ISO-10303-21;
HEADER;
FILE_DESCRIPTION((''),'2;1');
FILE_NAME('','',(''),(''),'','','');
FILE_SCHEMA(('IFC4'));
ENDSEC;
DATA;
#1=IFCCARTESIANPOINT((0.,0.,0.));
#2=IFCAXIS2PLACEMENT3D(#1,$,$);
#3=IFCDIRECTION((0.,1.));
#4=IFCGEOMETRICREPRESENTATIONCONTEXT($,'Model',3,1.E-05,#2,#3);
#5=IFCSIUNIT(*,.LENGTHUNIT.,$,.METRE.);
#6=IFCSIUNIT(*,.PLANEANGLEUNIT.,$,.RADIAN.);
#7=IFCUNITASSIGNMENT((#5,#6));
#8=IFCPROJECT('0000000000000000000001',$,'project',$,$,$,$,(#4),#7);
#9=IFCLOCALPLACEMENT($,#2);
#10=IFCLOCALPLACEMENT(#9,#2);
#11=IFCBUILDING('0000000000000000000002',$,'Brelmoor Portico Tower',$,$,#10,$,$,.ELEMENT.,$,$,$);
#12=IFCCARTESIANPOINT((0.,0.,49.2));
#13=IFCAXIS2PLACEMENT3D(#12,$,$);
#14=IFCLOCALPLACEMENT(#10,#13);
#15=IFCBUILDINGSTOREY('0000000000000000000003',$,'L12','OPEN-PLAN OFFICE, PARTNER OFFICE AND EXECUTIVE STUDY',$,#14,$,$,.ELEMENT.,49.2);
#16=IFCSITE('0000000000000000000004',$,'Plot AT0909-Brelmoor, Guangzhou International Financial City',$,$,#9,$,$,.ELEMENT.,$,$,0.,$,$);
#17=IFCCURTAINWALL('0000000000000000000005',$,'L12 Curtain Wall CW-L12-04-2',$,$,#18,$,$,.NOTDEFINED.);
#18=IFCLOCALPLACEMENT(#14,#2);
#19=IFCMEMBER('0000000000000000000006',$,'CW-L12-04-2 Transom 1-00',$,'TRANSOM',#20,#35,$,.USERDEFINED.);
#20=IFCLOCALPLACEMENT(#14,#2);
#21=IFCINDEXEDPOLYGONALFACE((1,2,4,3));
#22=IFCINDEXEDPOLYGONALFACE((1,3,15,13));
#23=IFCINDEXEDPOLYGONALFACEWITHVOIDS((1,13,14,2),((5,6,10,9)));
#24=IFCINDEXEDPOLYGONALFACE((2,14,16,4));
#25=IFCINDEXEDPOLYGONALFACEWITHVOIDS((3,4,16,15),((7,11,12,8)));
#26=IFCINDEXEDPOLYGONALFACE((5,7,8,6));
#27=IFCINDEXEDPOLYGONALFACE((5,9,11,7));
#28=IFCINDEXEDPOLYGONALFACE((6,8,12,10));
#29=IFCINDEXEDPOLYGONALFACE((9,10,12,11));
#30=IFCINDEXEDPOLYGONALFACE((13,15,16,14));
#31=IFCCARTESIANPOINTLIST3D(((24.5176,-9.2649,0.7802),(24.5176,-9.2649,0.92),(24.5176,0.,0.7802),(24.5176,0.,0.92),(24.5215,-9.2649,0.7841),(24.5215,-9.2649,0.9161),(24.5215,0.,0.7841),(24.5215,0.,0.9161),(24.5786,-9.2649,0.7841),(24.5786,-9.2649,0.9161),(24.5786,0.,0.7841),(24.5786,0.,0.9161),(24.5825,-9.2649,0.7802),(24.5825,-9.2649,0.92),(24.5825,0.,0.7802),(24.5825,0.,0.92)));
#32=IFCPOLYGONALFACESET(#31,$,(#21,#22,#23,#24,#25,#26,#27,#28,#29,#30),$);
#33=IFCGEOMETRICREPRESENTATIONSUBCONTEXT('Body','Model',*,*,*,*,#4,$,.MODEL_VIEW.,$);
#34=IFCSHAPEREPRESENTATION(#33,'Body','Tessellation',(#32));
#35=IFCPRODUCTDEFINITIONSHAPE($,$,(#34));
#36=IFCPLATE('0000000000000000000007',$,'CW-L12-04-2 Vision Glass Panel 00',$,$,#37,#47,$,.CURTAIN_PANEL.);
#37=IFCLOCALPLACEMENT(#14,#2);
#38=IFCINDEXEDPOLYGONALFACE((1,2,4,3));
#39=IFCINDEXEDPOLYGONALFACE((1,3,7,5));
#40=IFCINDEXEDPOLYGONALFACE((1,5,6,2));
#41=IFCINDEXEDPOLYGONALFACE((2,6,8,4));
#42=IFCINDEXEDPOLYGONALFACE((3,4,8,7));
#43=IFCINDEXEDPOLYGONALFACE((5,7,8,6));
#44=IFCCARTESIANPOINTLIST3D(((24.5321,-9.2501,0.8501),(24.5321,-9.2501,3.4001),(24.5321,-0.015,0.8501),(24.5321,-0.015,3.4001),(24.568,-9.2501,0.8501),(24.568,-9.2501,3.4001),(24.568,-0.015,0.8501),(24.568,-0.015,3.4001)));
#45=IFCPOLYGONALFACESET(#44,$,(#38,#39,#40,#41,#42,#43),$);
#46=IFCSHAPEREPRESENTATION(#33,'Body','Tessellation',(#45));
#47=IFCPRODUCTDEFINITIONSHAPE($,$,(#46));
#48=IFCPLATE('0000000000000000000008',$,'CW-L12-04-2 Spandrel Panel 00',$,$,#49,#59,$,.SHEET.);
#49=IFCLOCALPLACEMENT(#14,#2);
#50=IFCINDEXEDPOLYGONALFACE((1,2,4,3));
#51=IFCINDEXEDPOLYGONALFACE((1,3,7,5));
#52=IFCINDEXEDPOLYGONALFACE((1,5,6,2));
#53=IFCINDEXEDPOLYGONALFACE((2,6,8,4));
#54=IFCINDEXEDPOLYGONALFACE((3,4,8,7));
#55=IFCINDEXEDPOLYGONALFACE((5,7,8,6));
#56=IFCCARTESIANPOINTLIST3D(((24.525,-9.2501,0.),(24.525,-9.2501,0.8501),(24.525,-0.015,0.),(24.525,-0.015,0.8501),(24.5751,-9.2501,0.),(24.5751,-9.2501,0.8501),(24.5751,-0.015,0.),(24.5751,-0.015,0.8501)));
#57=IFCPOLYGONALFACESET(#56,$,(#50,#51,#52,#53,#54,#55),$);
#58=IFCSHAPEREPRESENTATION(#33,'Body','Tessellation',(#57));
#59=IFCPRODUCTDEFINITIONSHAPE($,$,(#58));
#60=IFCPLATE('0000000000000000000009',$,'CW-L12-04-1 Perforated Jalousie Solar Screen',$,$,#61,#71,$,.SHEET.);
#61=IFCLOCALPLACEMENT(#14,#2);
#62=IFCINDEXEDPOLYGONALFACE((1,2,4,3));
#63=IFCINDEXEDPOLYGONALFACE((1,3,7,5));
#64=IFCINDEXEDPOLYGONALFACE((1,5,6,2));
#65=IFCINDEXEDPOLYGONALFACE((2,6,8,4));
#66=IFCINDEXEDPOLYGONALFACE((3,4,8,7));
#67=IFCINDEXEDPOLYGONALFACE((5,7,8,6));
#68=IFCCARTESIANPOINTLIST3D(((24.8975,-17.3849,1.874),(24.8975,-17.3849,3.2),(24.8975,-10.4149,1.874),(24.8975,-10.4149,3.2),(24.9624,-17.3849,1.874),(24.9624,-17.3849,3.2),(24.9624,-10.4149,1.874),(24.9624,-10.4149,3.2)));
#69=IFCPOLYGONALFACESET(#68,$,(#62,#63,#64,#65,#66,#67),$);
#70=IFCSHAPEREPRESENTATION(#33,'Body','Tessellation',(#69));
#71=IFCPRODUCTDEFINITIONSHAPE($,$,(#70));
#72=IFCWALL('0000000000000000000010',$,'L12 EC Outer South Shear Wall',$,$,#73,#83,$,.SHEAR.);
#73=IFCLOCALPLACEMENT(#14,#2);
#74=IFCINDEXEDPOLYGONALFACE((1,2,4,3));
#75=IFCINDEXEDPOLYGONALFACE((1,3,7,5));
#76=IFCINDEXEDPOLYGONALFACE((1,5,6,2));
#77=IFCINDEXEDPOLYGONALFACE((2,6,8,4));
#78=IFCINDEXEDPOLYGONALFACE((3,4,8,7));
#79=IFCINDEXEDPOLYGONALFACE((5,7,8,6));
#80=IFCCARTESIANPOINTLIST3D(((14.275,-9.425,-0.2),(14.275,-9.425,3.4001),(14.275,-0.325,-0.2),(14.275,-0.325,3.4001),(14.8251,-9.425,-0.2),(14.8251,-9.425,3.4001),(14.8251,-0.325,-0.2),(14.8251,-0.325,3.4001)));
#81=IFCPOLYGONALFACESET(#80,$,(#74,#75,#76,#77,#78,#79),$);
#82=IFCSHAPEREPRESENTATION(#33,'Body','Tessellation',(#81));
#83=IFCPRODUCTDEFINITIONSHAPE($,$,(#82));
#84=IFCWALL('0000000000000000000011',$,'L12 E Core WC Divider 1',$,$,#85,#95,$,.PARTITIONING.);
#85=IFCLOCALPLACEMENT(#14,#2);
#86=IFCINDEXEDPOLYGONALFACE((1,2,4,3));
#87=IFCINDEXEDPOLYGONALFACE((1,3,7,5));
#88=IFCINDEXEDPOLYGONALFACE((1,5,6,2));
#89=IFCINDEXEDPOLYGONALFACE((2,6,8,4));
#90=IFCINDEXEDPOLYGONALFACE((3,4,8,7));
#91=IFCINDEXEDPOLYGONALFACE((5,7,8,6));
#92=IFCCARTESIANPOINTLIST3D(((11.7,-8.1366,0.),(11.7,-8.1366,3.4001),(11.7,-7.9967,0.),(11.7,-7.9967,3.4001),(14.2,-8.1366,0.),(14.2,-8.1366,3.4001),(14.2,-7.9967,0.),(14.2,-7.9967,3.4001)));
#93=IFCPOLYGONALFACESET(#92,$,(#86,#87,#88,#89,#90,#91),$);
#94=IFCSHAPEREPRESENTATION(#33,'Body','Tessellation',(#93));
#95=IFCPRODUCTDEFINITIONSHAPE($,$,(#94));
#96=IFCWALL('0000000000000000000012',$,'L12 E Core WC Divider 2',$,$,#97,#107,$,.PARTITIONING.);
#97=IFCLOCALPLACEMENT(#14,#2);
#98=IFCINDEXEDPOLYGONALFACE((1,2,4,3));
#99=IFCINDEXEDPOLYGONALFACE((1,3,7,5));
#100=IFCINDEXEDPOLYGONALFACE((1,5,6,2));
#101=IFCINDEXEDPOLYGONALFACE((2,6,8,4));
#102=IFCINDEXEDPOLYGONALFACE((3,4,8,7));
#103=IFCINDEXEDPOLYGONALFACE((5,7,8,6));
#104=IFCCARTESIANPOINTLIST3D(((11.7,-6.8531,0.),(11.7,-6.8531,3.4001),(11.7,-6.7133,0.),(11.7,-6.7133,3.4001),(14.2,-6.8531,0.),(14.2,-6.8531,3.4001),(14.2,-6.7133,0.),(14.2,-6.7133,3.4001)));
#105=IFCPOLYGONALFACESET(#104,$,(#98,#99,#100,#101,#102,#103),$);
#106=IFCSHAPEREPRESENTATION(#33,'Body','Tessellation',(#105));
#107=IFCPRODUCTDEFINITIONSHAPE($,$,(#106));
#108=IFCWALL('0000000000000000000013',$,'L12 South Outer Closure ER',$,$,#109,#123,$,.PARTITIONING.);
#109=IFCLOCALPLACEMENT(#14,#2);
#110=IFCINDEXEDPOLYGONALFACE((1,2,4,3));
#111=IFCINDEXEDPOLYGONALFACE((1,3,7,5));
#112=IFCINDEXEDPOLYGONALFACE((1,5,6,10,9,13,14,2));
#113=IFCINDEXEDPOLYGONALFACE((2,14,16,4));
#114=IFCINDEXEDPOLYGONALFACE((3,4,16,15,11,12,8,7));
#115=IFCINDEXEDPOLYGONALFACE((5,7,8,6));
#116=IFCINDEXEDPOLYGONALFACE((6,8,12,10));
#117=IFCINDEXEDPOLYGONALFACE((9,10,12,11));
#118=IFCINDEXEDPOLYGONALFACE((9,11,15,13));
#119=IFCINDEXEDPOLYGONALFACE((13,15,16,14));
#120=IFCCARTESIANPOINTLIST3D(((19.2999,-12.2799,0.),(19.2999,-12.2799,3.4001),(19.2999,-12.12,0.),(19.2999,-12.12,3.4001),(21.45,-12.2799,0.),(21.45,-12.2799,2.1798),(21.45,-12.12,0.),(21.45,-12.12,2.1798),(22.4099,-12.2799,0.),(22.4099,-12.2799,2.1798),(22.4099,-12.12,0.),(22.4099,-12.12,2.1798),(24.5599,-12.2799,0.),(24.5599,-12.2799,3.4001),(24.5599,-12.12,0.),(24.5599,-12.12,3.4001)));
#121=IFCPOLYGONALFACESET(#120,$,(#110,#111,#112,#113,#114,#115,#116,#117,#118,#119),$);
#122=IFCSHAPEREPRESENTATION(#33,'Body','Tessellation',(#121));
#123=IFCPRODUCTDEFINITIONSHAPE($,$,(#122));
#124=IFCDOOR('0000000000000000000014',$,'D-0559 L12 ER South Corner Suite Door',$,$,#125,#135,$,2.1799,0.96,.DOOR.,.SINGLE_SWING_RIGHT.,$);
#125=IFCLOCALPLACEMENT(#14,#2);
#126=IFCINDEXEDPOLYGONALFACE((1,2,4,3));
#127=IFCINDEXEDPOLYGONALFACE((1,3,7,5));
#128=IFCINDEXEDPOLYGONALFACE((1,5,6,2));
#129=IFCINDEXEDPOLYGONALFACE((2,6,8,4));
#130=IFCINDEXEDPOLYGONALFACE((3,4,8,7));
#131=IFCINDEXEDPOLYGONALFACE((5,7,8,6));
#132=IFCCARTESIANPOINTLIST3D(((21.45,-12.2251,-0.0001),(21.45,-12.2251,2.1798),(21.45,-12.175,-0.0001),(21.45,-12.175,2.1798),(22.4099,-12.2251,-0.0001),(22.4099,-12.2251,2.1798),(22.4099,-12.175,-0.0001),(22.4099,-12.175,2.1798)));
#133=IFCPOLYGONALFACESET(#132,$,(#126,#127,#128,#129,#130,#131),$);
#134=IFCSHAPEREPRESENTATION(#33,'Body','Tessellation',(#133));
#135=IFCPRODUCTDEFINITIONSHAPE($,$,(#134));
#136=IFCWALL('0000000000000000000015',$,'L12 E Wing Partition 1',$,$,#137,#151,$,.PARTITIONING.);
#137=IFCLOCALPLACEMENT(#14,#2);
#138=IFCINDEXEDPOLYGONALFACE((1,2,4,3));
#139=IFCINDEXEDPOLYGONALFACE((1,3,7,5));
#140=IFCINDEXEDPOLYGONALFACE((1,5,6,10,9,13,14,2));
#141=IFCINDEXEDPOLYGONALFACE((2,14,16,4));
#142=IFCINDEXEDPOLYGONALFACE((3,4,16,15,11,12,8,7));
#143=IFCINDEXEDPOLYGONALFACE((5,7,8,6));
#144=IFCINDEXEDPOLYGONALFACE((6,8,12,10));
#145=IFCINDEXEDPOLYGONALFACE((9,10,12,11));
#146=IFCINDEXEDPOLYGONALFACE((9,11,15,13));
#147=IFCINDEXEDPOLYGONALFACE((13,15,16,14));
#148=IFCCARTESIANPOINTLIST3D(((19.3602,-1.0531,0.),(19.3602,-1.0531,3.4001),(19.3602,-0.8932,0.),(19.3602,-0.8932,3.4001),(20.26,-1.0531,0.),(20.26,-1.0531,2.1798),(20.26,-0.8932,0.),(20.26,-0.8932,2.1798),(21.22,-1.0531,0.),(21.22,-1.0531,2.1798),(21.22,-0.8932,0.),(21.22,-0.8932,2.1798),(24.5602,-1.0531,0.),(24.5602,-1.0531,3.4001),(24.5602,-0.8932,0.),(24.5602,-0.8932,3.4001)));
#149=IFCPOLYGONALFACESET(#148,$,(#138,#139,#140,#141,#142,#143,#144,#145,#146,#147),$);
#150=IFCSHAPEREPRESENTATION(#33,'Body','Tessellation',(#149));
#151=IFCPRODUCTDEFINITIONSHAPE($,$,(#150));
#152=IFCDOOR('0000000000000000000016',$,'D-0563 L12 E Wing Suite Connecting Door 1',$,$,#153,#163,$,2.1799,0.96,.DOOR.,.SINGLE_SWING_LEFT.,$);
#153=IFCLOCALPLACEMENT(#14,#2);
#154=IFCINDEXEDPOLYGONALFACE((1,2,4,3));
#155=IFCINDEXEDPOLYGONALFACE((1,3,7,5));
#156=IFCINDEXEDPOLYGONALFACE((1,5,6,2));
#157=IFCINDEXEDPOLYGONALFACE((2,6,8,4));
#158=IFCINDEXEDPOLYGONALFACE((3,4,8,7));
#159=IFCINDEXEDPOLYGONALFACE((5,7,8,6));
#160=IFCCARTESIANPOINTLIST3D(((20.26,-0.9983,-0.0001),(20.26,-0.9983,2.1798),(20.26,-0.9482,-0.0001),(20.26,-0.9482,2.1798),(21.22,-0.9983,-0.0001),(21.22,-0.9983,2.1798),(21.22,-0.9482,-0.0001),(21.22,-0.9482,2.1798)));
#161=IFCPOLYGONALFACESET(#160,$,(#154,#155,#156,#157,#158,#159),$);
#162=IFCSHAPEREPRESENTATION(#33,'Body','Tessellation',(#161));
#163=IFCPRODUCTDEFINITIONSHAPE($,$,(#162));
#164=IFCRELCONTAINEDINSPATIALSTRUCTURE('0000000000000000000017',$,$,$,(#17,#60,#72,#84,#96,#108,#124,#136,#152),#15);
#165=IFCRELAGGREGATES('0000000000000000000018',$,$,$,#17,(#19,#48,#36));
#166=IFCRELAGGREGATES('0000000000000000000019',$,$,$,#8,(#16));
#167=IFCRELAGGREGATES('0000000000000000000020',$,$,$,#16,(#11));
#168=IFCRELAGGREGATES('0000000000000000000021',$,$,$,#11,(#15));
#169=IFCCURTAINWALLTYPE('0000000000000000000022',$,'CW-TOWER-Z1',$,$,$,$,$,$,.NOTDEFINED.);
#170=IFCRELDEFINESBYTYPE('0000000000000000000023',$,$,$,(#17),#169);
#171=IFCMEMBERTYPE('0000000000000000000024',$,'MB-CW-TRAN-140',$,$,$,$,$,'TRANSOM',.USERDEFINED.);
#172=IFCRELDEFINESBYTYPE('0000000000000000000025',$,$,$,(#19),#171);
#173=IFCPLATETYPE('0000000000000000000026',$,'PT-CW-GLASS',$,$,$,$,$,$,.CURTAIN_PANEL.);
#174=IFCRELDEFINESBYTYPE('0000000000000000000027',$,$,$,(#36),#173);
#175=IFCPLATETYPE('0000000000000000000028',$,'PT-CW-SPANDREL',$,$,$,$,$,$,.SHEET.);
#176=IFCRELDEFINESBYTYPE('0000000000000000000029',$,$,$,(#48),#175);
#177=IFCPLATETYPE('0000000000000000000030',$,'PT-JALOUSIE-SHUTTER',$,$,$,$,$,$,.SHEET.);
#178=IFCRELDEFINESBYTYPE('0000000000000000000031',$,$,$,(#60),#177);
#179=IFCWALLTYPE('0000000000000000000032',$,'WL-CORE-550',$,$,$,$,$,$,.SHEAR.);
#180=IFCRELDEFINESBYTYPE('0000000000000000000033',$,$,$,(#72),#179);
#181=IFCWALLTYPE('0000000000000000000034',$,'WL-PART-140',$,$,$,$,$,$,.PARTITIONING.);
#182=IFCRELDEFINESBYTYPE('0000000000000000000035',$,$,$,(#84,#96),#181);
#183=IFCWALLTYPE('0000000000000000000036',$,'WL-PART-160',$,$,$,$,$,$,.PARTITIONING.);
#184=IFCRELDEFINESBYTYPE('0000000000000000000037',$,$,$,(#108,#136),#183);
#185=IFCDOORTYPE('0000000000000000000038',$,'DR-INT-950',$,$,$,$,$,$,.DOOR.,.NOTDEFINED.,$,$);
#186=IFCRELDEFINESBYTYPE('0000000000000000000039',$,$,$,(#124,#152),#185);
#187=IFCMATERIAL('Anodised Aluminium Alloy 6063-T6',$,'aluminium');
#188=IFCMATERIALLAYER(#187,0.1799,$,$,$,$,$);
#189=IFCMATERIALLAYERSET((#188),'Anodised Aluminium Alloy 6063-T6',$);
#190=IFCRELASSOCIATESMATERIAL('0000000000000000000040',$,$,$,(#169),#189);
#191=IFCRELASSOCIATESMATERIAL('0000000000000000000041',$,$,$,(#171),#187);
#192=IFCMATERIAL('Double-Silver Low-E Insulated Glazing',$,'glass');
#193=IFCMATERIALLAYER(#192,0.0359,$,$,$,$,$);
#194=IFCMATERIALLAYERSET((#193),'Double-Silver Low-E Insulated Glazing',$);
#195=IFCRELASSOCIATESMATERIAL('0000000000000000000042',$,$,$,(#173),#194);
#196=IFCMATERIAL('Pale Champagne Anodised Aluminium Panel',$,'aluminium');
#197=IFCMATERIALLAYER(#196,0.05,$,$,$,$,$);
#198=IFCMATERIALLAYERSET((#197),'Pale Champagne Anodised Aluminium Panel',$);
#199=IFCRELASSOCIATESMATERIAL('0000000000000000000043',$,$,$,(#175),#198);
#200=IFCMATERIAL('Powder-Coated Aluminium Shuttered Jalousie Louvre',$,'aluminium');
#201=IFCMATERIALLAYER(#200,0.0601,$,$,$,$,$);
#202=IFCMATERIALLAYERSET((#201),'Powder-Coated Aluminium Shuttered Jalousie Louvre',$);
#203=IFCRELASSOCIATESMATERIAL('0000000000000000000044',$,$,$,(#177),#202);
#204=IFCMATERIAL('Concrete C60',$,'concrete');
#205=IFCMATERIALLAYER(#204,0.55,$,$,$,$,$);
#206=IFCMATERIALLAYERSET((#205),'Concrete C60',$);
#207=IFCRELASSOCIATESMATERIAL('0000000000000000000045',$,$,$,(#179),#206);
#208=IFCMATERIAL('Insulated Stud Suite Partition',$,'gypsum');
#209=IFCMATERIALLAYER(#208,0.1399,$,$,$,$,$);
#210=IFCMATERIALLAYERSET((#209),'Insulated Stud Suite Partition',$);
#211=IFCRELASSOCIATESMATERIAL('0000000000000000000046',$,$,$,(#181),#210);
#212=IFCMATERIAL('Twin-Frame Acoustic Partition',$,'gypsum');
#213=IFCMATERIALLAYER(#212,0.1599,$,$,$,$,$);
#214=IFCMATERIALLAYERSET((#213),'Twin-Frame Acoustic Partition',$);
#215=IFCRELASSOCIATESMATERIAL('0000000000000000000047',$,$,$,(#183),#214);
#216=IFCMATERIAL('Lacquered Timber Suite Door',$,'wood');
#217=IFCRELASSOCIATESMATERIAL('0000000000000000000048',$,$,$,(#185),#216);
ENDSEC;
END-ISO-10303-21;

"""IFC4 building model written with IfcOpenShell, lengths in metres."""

from ifc_helpers import new_model, si_unit, direction, frame, frame_2d, origin, origin_2d, place, context, subcontext, project, spatial, rectangle, hollow_rectangle, extrude, material, layer, layer_set, material_profile, profile_set, type_object, element, fill, aggregate, save


model = new_model("IFC4")

# Units and contexts
model_context = context("Model", 3, precision=1e-05, world=origin(), true_north=direction((0.0, 1.0)))
body_context = subcontext(model_context, "Body", "Model", "MODEL_VIEW")
ifc_project = project(units=[si_unit("LENGTHUNIT", "METRE"), si_unit("PLANEANGLEUNIT", "RADIAN")], contexts=[model_context])

# Site, building, storey
site_placement = place(None, origin())
site = spatial("IfcSite", under=ifc_project, at=site_placement, Name="Plot AT0909-Brelmoor, Guangzhou International Financial City", CompositionType="ELEMENT", RefElevation=0.0)
building_placement = place(site_placement, origin())
building = spatial("IfcBuilding", under=site, at=building_placement, Name="Brelmoor Portico Tower", CompositionType="ELEMENT")
storey_placement = place(building_placement, frame((0.0, 0.0, 49.2)))
storey = spatial("IfcBuildingStorey", under=building, at=storey_placement, Name="L12", Description="OPEN-PLAN OFFICE, PARTNER OFFICE AND EXECUTIVE STUDY", CompositionType="ELEMENT", Elevation=49.2)

# Shared definitions
ifc_material_1 = material(Name="Anodised Aluminium Alloy 6063-T6", Category="aluminium")

# Curtain wall, member, plates
ifc_layer_1 = layer(ifc_material_1, 0.1799)
ifc_layer_set_1 = layer_set([ifc_layer_1], Name="Anodised Aluminium Alloy 6063-T6")
curtain_wall_type_1 = type_object("IfcCurtainWallType", Name="CW-TOWER-Z1", PredefinedType="NOTDEFINED", material=ifc_layer_set_1)
curtain_wall_1_placement = place(storey_placement, origin())
curtain_wall_1 = element("IfcCurtainWall", 1, at=curtain_wall_1_placement, inside=storey, type_object=curtain_wall_type_1, Name="L12 Curtain Wall CW-L12-04-2", PredefinedType="NOTDEFINED")
ifc_material_profile_1 = material_profile(ifc_material_1, hollow_rectangle(XDim=0.0649, YDim=0.1399, WallThickness=0.0039, at=origin_2d()), Name="ALU TRANSOM 65x140")
ifc_profile_set_1 = profile_set([ifc_material_profile_1], Name="Anodised Aluminium Alloy 6063-T6")
member_type_1 = type_object("IfcMemberType", Name="MB-CW-TRAN-140", ElementType="TRANSOM", PredefinedType="USERDEFINED", material=ifc_profile_set_1)
member_1_placement = place(storey_placement, frame((24.55, -9.2649, 0.8501), z_axis=(0.0, 1.0, 0.0), x_axis=(-1.0, 0.0, 0.0)))
member_1 = element("IfcMember", 2, at=member_1_placement, type_object=member_type_1, Name="CW-L12-04-2 Transom 1-00", ObjectType="TRANSOM", PredefinedType="USERDEFINED", context=body_context, shape_type="SweptSolid", body=[
    extrude(hollow_rectangle(XDim=0.0649, YDim=0.1399, WallThickness=0.0039, at=origin_2d()), origin(), (0.0, 0.0, 1.0), 9.2649),
])
ifc_material_2 = material(Name="Double-Silver Low-E Insulated Glazing", Category="glass")
ifc_layer_2 = layer(ifc_material_2, 0.0359)
ifc_layer_set_2 = layer_set([ifc_layer_2], Name="Double-Silver Low-E Insulated Glazing")
plate_type_1 = type_object("IfcPlateType", Name="PT-CW-GLASS", PredefinedType="CURTAIN_PANEL", material=ifc_layer_set_2)
plate_1_placement = place(storey_placement, frame((24.55, -4.6326, 0.8501), z_axis=(0.0, 0.0, 1.0), x_axis=(0.0, 1.0, 0.0)))
plate_1 = element("IfcPlate", 3, at=plate_1_placement, type_object=plate_type_1, Name="CW-L12-04-2 Vision Glass Panel 00", PredefinedType="CURTAIN_PANEL", context=body_context, shape_type="SweptSolid", body=[
    extrude(rectangle(XDim=9.2351, YDim=0.0359, at=origin_2d()), origin(), (0.0, 0.0, 1.0), 2.55),
])
ifc_material_3 = material(Name="Pale Champagne Anodised Aluminium Panel", Category="aluminium")
ifc_layer_3 = layer(ifc_material_3, 0.05)
ifc_layer_set_3 = layer_set([ifc_layer_3], Name="Pale Champagne Anodised Aluminium Panel")
plate_type_2 = type_object("IfcPlateType", Name="PT-CW-SPANDREL", PredefinedType="SHEET", material=ifc_layer_set_3)
plate_2_placement = place(storey_placement, frame((24.55, -4.6326, 0.0), z_axis=(0.0, 0.0, 1.0), x_axis=(0.0, 1.0, 0.0)))
plate_2 = element("IfcPlate", 4, at=plate_2_placement, type_object=plate_type_2, Name="CW-L12-04-2 Spandrel Panel 00", PredefinedType="SHEET", context=body_context, shape_type="SweptSolid", body=[
    extrude(rectangle(XDim=9.2351, YDim=0.05, at=origin_2d()), origin(), (0.0, 0.0, 1.0), 0.8501),
])
aggregate(curtain_wall_1, [member_1, plate_2, plate_1])

# Plate
ifc_material_4 = material(Name="Powder-Coated Aluminium Shuttered Jalousie Louvre", Category="aluminium")
ifc_layer_4 = layer(ifc_material_4, 0.0601)
ifc_layer_set_4 = layer_set([ifc_layer_4], Name="Powder-Coated Aluminium Shuttered Jalousie Louvre")
plate_type_3 = type_object("IfcPlateType", Name="PT-JALOUSIE-SHUTTER", PredefinedType="SHEET", material=ifc_layer_set_4)
plate_3_placement = place(storey_placement, frame((24.9299, -13.8999, 1.874), z_axis=(0.0, 0.0, 1.0), x_axis=(0.0, 1.0, 0.0)))
element("IfcPlate", 5, at=plate_3_placement, inside=storey, type_object=plate_type_3, Name="CW-L12-04-1 Perforated Jalousie Solar Screen", PredefinedType="SHEET", context=body_context, shape_type="SweptSolid", body=[
    extrude(rectangle(XDim=6.97, YDim=0.0649, at=origin_2d()), origin(), (0.0, 0.0, 1.0), 1.3259),
])

# Walls
ifc_material_5 = material(Name="Concrete C60", Category="concrete")
ifc_layer_5 = layer(ifc_material_5, 0.55)
ifc_layer_set_5 = layer_set([ifc_layer_5], Name="Concrete C60")
wall_type_1 = type_object("IfcWallType", Name="WL-CORE-550", PredefinedType="SHEAR", material=ifc_layer_set_5)
wall_1_placement = place(storey_placement, frame((14.55, -9.425, -0.2), z_axis=(0.0, 0.0, 1.0), x_axis=(0.0, 1.0, 0.0)))
element("IfcWall", 6, at=wall_1_placement, inside=storey, type_object=wall_type_1, Name="L12 EC Outer South Shear Wall", PredefinedType="SHEAR", context=body_context, shape_type="SweptSolid", body=[
    extrude(rectangle(XDim=9.1001, YDim=0.55, at=frame_2d((4.55, 0.0))), origin(), (0.0, 0.0, 1.0), 3.6001),
])
ifc_material_6 = material(Name="Insulated Stud Suite Partition", Category="gypsum")
ifc_layer_6 = layer(ifc_material_6, 0.1399)
ifc_layer_set_6 = layer_set([ifc_layer_6], Name="Insulated Stud Suite Partition")
wall_type_2 = type_object("IfcWallType", Name="WL-PART-140", PredefinedType="PARTITIONING", material=ifc_layer_set_6)
for number, where, z_axis, x_axis, name in (
    (7, (11.7, -8.0667, 0.0), (0.0, 0.0, 1.0), (1.0, 0.0, 0.0), "L12 E Core WC Divider 1"),
    (8, (11.7, -6.7832, 0.0), (0.0, 0.0, 1.0), (1.0, 0.0, 0.0), "L12 E Core WC Divider 2"),
):
    element("IfcWall", number, at=place(storey_placement, frame(where, z_axis=z_axis, x_axis=x_axis)), inside=storey, type_object=wall_type_2, Name=name, PredefinedType="PARTITIONING", context=body_context, shape_type="SweptSolid", body=[
        extrude(rectangle(XDim=2.5, YDim=0.1399, at=frame_2d((1.25, 0.0))), origin(), (0.0, 0.0, 1.0), 3.4001),
    ])

# Shared definitions
ifc_material_7 = material(Name="Twin-Frame Acoustic Partition", Category="gypsum")
ifc_layer_7 = layer(ifc_material_7, 0.1599)
ifc_layer_set_7 = layer_set([ifc_layer_7], Name="Twin-Frame Acoustic Partition")
wall_type_3 = type_object("IfcWallType", Name="WL-PART-160", PredefinedType="PARTITIONING", material=ifc_layer_set_7)

# Walls, openings, doors
wall_2_placement = place(storey_placement, frame((19.3, -12.2, 0.0), z_axis=(0.0, 0.0, 1.0), x_axis=(1.0, 0.0, 0.0)))
wall_2 = element("IfcWall", 9, at=wall_2_placement, inside=storey, type_object=wall_type_3, Name="L12 South Outer Closure ER", PredefinedType="PARTITIONING", context=body_context, shape_type="SweptSolid", body=[
    extrude(rectangle(XDim=5.26, YDim=0.1599, at=frame_2d((2.6299, 0.0))), origin(), (0.0, 0.0, 1.0), 3.4001),
])
opening_1_placement = place(wall_2_placement, frame((2.1499, 0.0, 0.0)))
opening_1 = element("IfcOpeningElement", 10, at=opening_1_placement, cuts=wall_2, PredefinedType="OPENING", context=body_context, shape_type="SweptSolid", body=[
    extrude(rectangle(XDim=0.96, YDim=2.1799, at=frame_2d((0.48, 1.0898))), frame((0.0, 0.0898, 0.0), z_axis=(0.0, -1.0, 0.0), x_axis=(1.0, 0.0, 0.0)), (0.0, 0.0, 1.0), 0.1799),
])
ifc_material_8 = material(Name="Lacquered Timber Suite Door", Category="wood")
door_type_1 = type_object("IfcDoorType", Name="DR-INT-950", OperationType="NOTDEFINED", PredefinedType="DOOR", material=ifc_material_8)
door_1_placement = place(opening_1_placement, origin())
door_1 = element("IfcDoor", 11, at=door_1_placement, inside=storey, type_object=door_type_1, Name="D-0559 L12 ER South Corner Suite Door", OperationType="SINGLE_SWING_RIGHT", OverallHeight=2.1799, OverallWidth=0.96, PredefinedType="DOOR", context=body_context, shape_type="SweptSolid", body=[
    extrude(rectangle(XDim=0.96, YDim=2.1799, at=frame_2d((0.48, 1.0898))), frame((0.0, 0.0249, 0.0), z_axis=(0.0, -1.0, 0.0), x_axis=(1.0, 0.0, 0.0)), (0.0, 0.0, 1.0), 0.05),
])
fill(opening_1, door_1)
wall_3_placement = place(storey_placement, frame((19.3601, -0.9731, 0.0), z_axis=(0.0, 0.0, 1.0), x_axis=(1.0, 0.0, 0.0)))
wall_3 = element("IfcWall", 12, at=wall_3_placement, inside=storey, type_object=wall_type_3, Name="L12 E Wing Partition 1", PredefinedType="PARTITIONING", context=body_context, shape_type="SweptSolid", body=[
    extrude(rectangle(XDim=5.2, YDim=0.1599, at=frame_2d((2.6001, 0.0))), origin(), (0.0, 0.0, 1.0), 3.4001),
])
opening_2_placement = place(wall_3_placement, frame((0.8999, 0.0, 0.0)))
opening_2 = element("IfcOpeningElement", 13, at=opening_2_placement, cuts=wall_3, PredefinedType="OPENING", context=body_context, shape_type="SweptSolid", body=[
    extrude(rectangle(XDim=0.96, YDim=2.1799, at=frame_2d((0.48, 1.0898))), frame((0.0, 0.0898, 0.0), z_axis=(0.0, -1.0, 0.0), x_axis=(1.0, 0.0, 0.0)), (0.0, 0.0, 1.0), 0.1799),
])
door_2_placement = place(opening_2_placement, origin())
door_2 = element("IfcDoor", 14, at=door_2_placement, inside=storey, type_object=door_type_1, Name="D-0563 L12 E Wing Suite Connecting Door 1", OperationType="SINGLE_SWING_LEFT", OverallHeight=2.1799, OverallWidth=0.96, PredefinedType="DOOR", context=body_context, shape_type="SweptSolid", body=[
    extrude(rectangle(XDim=0.96, YDim=2.1799, at=frame_2d((0.48, 1.0898))), frame((0.0, 0.0249, 0.0), z_axis=(0.0, -1.0, 0.0), x_axis=(1.0, 0.0, 0.0)), (0.0, 0.0, 1.0), 0.05),
])
fill(opening_2, door_2)

save(model, "model.ifc")
